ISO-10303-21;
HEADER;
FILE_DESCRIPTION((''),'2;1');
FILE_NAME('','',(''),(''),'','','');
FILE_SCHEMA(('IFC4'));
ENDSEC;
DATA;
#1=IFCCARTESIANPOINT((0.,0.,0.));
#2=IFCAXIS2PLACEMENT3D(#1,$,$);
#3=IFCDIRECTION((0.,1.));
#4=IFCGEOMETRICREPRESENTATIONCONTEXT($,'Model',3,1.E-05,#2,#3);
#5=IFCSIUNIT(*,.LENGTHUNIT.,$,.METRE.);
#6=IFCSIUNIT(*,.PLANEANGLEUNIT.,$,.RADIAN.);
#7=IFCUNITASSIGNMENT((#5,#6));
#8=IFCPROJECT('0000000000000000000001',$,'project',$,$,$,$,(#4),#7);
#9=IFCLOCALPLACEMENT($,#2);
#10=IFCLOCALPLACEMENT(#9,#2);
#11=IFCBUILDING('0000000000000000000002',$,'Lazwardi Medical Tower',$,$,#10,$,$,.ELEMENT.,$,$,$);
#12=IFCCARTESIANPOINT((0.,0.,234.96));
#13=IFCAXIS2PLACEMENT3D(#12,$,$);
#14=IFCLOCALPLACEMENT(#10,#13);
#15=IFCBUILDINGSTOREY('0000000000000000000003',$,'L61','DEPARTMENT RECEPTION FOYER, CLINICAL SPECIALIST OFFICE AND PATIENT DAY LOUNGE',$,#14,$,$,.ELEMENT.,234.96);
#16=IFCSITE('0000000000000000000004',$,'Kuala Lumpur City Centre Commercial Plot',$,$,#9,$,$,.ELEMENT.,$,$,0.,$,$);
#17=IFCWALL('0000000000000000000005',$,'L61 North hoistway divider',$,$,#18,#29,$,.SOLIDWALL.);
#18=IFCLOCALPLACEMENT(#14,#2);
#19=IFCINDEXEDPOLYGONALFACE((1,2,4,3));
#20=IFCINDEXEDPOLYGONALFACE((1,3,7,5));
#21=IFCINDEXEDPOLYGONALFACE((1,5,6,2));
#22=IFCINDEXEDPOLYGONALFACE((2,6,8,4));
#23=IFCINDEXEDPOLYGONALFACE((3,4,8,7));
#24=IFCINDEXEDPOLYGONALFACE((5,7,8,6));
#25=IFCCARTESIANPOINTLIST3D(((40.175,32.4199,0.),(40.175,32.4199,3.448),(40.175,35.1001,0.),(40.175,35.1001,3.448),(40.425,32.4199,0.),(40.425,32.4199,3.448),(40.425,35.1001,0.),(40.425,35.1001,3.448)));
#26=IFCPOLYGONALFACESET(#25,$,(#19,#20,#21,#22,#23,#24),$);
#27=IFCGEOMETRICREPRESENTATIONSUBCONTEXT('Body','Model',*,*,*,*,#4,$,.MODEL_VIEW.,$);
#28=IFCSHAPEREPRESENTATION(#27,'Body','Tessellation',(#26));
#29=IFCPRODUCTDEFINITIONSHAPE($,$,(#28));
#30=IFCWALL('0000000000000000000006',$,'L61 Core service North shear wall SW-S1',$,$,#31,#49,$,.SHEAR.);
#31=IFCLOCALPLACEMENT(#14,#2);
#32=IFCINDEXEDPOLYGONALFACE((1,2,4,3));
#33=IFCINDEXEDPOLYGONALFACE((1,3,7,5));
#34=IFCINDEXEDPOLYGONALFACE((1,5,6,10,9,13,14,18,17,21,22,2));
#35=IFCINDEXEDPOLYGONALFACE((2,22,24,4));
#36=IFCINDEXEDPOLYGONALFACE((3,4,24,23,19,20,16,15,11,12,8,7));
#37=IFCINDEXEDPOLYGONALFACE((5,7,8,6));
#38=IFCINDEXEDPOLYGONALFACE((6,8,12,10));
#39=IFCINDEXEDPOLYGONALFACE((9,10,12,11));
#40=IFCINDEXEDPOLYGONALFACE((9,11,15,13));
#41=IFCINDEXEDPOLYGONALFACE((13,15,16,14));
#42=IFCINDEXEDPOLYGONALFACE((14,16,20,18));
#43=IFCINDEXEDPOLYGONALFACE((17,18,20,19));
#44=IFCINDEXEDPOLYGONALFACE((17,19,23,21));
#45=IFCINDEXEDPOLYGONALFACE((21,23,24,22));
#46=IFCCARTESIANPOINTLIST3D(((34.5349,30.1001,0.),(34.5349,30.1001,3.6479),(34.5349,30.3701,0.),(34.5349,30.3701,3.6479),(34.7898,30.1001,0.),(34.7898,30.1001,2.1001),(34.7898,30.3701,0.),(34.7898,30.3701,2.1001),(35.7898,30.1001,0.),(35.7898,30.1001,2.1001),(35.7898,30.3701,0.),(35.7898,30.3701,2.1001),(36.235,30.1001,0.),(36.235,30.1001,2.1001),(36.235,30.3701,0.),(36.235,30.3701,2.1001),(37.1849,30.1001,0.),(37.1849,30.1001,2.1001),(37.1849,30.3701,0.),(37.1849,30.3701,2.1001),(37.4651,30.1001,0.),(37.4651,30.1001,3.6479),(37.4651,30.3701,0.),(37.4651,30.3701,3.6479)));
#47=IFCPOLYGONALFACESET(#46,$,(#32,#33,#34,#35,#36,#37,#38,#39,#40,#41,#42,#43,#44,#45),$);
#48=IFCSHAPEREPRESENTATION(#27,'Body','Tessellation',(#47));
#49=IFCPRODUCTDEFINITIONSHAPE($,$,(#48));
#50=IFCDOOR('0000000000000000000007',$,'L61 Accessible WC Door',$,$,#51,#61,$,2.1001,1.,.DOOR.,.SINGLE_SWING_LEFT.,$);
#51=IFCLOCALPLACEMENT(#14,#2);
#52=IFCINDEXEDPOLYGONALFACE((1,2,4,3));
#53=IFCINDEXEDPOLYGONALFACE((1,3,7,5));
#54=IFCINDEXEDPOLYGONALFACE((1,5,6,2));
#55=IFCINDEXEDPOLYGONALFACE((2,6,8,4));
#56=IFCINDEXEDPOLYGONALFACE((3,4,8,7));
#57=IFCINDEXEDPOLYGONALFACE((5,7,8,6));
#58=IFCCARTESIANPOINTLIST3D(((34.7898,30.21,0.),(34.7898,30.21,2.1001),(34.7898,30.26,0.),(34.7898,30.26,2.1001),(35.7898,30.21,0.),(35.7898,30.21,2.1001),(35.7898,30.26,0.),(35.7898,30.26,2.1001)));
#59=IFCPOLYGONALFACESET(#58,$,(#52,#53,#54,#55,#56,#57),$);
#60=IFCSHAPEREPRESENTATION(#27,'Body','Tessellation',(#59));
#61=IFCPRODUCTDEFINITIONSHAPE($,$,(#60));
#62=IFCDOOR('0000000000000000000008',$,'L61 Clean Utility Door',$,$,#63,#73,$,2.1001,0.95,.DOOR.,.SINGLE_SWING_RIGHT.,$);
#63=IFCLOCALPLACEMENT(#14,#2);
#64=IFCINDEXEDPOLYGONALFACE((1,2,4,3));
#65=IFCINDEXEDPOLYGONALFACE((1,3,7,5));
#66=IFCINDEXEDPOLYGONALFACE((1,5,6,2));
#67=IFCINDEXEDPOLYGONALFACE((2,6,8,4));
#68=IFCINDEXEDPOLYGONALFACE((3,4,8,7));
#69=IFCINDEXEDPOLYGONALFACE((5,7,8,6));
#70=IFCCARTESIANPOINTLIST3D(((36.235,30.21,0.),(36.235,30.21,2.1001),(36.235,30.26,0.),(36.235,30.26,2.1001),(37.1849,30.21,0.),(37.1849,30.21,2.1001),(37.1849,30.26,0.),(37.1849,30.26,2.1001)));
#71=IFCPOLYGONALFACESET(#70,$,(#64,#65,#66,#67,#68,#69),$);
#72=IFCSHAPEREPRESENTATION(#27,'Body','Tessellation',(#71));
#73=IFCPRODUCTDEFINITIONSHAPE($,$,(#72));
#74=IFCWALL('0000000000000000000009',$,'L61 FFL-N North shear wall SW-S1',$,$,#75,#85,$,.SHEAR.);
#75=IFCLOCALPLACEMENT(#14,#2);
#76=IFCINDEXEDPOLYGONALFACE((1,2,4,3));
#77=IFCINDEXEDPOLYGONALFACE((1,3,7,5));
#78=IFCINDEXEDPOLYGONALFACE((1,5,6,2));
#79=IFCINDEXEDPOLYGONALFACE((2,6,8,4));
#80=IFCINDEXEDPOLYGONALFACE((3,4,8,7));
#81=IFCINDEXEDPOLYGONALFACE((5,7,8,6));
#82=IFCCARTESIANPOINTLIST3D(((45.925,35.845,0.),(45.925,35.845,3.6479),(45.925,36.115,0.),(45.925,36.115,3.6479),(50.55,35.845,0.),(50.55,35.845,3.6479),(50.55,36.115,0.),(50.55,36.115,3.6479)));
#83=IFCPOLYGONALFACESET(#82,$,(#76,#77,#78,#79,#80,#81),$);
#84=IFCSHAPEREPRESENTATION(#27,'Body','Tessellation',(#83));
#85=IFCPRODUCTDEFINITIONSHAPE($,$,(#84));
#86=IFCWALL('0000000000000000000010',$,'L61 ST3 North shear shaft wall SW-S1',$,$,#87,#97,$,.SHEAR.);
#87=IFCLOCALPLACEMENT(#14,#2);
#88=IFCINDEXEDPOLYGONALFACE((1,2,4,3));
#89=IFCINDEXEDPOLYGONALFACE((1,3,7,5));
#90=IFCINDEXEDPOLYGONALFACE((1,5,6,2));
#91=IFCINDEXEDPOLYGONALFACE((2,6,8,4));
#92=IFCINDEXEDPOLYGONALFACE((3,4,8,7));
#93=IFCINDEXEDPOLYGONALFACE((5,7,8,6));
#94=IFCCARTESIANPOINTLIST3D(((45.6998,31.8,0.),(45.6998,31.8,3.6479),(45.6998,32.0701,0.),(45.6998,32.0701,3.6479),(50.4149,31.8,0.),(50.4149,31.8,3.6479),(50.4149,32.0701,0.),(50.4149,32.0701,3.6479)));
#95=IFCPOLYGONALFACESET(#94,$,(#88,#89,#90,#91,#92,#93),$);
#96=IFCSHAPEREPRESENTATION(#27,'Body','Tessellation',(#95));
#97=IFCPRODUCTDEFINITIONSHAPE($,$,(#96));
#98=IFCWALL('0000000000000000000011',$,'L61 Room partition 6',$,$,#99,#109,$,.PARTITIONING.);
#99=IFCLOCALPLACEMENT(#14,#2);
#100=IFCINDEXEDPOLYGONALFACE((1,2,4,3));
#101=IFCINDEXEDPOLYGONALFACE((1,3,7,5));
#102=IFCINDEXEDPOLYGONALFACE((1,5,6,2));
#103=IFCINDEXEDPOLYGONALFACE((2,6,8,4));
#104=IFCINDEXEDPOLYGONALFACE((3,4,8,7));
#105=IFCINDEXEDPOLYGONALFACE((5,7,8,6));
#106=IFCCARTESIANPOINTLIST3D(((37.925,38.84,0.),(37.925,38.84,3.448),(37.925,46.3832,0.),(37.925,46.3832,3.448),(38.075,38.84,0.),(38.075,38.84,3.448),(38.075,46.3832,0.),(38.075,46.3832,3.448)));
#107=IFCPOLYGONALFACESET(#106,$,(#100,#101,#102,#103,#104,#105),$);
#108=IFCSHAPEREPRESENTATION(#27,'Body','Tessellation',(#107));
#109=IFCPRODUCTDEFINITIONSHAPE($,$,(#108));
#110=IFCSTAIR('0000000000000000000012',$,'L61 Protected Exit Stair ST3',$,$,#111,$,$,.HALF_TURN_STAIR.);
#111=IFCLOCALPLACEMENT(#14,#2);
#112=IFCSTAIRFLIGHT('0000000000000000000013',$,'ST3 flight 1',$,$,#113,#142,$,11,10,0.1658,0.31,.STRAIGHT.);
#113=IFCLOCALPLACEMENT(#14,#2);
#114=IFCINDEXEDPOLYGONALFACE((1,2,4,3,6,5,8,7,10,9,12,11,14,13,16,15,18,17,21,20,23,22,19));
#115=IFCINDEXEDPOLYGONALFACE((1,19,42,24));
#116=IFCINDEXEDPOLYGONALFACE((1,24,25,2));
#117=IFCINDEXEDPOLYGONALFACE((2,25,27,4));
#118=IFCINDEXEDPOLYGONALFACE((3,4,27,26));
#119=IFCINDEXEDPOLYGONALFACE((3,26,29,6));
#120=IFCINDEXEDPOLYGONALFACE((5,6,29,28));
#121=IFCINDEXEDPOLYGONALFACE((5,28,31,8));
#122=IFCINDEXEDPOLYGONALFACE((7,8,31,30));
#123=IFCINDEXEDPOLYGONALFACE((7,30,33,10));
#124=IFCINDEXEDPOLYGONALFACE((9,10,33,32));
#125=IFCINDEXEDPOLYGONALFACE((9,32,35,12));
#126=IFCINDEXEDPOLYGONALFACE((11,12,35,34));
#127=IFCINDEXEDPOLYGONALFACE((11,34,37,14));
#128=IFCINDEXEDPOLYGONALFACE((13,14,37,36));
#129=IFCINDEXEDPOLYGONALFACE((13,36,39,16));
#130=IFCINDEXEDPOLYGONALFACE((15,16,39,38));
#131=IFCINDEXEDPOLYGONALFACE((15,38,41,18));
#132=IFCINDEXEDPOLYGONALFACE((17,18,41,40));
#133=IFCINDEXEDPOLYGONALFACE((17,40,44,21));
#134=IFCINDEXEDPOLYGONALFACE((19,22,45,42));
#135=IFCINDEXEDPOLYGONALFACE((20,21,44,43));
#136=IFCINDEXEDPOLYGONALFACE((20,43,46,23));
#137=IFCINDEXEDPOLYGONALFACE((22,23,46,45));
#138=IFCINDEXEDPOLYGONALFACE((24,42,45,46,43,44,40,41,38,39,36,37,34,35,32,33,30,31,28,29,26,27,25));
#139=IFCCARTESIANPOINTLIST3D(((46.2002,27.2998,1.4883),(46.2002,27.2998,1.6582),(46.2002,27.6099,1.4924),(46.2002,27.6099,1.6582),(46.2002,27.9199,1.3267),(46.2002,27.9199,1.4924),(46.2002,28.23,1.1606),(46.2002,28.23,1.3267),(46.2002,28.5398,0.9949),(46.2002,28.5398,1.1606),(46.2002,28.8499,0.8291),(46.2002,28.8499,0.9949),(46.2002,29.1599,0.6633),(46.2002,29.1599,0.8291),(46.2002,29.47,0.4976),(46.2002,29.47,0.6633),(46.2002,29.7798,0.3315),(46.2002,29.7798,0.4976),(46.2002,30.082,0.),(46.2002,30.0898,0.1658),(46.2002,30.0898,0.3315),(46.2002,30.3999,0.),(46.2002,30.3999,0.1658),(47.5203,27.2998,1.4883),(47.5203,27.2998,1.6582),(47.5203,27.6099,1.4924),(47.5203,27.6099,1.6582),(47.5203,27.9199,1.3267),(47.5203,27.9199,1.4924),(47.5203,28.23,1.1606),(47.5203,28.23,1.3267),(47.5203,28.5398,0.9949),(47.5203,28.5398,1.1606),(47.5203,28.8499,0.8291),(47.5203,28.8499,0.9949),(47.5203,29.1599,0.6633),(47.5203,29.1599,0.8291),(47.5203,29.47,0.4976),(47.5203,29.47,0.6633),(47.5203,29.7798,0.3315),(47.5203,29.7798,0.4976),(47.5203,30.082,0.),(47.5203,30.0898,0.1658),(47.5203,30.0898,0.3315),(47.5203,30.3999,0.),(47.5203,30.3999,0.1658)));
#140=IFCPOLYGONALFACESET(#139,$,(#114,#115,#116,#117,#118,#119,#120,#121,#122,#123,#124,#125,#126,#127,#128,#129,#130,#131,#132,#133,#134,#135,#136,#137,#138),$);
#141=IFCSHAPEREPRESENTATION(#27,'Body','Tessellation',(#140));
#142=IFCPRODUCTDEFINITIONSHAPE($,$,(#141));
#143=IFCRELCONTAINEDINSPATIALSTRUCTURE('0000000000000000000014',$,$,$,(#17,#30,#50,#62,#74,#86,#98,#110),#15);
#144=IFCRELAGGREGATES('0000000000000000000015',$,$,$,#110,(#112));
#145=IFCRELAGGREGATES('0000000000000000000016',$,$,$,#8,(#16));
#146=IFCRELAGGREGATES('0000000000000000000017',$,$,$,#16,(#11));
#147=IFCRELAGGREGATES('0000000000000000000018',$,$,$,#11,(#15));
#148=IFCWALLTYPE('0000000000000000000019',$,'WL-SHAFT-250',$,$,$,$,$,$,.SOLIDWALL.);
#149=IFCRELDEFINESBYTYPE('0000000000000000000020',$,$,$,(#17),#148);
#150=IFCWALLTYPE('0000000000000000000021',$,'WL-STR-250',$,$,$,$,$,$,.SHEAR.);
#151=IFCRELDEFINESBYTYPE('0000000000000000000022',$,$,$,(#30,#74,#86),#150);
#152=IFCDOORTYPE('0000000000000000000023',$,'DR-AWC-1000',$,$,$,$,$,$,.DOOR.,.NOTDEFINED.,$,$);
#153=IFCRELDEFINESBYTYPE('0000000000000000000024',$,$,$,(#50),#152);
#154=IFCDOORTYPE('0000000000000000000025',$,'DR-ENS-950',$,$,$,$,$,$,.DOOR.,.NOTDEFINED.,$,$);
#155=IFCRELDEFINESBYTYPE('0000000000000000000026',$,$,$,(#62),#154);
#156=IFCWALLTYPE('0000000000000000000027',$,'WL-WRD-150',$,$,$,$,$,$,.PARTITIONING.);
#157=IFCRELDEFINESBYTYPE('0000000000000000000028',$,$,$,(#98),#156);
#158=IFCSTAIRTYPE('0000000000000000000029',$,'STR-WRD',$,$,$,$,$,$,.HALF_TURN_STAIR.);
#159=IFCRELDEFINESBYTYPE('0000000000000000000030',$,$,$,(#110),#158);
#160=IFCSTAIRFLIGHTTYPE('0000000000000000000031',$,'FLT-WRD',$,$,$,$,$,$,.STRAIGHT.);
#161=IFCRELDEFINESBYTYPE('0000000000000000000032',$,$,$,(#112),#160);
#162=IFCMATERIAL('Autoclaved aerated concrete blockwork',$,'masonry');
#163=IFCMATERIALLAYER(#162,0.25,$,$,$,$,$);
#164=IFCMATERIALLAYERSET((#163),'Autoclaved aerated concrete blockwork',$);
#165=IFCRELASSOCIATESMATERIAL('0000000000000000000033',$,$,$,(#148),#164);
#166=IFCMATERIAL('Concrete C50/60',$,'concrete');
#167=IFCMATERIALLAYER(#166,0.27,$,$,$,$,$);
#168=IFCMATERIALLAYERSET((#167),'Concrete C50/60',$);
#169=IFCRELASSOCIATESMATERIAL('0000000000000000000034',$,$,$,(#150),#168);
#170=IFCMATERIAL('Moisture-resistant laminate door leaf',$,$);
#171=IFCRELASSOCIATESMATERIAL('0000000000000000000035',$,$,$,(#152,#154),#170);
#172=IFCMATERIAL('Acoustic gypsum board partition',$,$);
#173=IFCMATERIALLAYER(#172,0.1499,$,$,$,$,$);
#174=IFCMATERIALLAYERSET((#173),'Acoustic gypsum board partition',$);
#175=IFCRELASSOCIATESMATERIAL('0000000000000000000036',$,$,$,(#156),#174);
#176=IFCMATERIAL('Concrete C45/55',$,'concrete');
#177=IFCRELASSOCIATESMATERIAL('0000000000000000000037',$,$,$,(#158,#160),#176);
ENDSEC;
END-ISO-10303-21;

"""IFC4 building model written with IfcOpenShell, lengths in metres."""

from ifc_helpers import new_model, si_unit, direction, frame, frame_2d, origin, place, context, subcontext, project, spatial, polyline, rectangle, outline, extrude, material, layer, layer_set, type_object, element, fill, aggregate, save


model = new_model("IFC4")

# Units and contexts
model_context = context("Model", 3, precision=1e-05, world=origin(), true_north=direction((0.0, 1.0)))
body_context = subcontext(model_context, "Body", "Model", "MODEL_VIEW")
ifc_project = project(units=[si_unit("LENGTHUNIT", "METRE"), si_unit("PLANEANGLEUNIT", "RADIAN")], contexts=[model_context])

# Site, building, storey
site_placement = place(None, origin())
site = spatial("IfcSite", under=ifc_project, at=site_placement, Name="Kuala Lumpur City Centre Commercial Plot", CompositionType="ELEMENT", RefElevation=0.0)
building_placement = place(site_placement, origin())
building = spatial("IfcBuilding", under=site, at=building_placement, Name="Lazwardi Medical Tower", CompositionType="ELEMENT")
storey_placement = place(building_placement, frame((0.0, 0.0, 234.96)))
storey = spatial("IfcBuildingStorey", under=building, at=storey_placement, Name="L61", Description="DEPARTMENT RECEPTION FOYER, CLINICAL SPECIALIST OFFICE AND PATIENT DAY LOUNGE", CompositionType="ELEMENT", Elevation=234.96)

# Wall
ifc_material_1 = material(Name="Autoclaved aerated concrete blockwork", Category="masonry")
ifc_layer_1 = layer(ifc_material_1, 0.25)
ifc_layer_set_1 = layer_set([ifc_layer_1], Name="Autoclaved aerated concrete blockwork")
wall_type_1 = type_object("IfcWallType", Name="WL-SHAFT-250", PredefinedType="SOLIDWALL", material=ifc_layer_set_1)
for number, where, z_axis, x_axis, name in (
    (1, (40.3, 32.4199, 0.0), (0.0, 0.0, 1.0), (0.0, 1.0, 0.0), "L61 North hoistway divider"),
):
    element("IfcWall", number, at=place(storey_placement, frame(where, z_axis=z_axis, x_axis=x_axis)), inside=storey, type_object=wall_type_1, Name=name, PredefinedType="SOLIDWALL", context=body_context, shape_type="SweptSolid", body=[
        extrude(rectangle(XDim=2.6802, YDim=0.25, at=frame_2d((1.3401, 0.0))), origin(), (0.0, 0.0, 1.0), 3.448),
    ])

# Wall, openings, doors
ifc_material_2 = material(Name="Concrete C50/60", Category="concrete")
ifc_layer_2 = layer(ifc_material_2, 0.27)
ifc_layer_set_2 = layer_set([ifc_layer_2], Name="Concrete C50/60")
wall_type_2 = type_object("IfcWallType", Name="WL-STR-250", PredefinedType="SHEAR", material=ifc_layer_set_2)
wall_1_placement = place(storey_placement, frame((34.5349, 30.2351, 0.0), z_axis=(0.0, 0.0, 1.0), x_axis=(1.0, 0.0, 0.0)))
wall_1 = element("IfcWall", 2, at=wall_1_placement, inside=storey, type_object=wall_type_2, Name="L61 Core service North shear wall SW-S1", PredefinedType="SHEAR", context=body_context, shape_type="SweptSolid", body=[
    extrude(rectangle(XDim=2.9302, YDim=0.27, at=frame_2d((1.4651, 0.0))), origin(), (0.0, 0.0, 1.0), 3.6479),
])
opening_1_placement = place(wall_1_placement, frame((0.2549, 0.0, 0.0)))
opening_1 = element("IfcOpeningElement", 3, at=opening_1_placement, cuts=wall_1, PredefinedType="OPENING", context=body_context, shape_type="SweptSolid", body=[
    extrude(rectangle(XDim=1.0, YDim=2.1001, at=frame_2d((0.5, 1.05))), frame((0.0, 0.145, 0.0), z_axis=(0.0, -1.0, 0.0), x_axis=(1.0, 0.0, 0.0)), (0.0, 0.0, 1.0), 0.29),
])
opening_2_placement = place(wall_1_placement, frame((1.7, 0.0, 0.0)))
opening_2 = element("IfcOpeningElement", 4, at=opening_2_placement, cuts=wall_1, PredefinedType="OPENING", context=body_context, shape_type="SweptSolid", body=[
    extrude(rectangle(XDim=0.95, YDim=2.1001, at=frame_2d((0.4751, 1.05))), frame((0.0, 0.145, 0.0), z_axis=(0.0, -1.0, 0.0), x_axis=(1.0, 0.0, 0.0)), (0.0, 0.0, 1.0), 0.29),
])
ifc_material_3 = material(Name="Moisture-resistant laminate door leaf")
door_type_1 = type_object("IfcDoorType", Name="DR-AWC-1000", OperationType="NOTDEFINED", PredefinedType="DOOR", material=ifc_material_3)
door_1_placement = place(opening_1_placement, origin())
door_1 = element("IfcDoor", 5, at=door_1_placement, inside=storey, type_object=door_type_1, Name="L61 Accessible WC Door", OperationType="SINGLE_SWING_LEFT", OverallHeight=2.1001, OverallWidth=1.0, PredefinedType="DOOR", context=body_context, shape_type="SweptSolid", body=[
    extrude(rectangle(XDim=1.0, YDim=2.1001, at=frame_2d((0.5, 1.05))), frame((0.0, 0.0249, 0.0), z_axis=(0.0, -1.0, 0.0), x_axis=(1.0, 0.0, 0.0)), (0.0, 0.0, 1.0), 0.05),
])
fill(opening_1, door_1)
door_type_2 = type_object("IfcDoorType", Name="DR-ENS-950", OperationType="NOTDEFINED", PredefinedType="DOOR", material=ifc_material_3)
door_2_placement = place(opening_2_placement, origin())
door_2 = element("IfcDoor", 6, at=door_2_placement, inside=storey, type_object=door_type_2, Name="L61 Clean Utility Door", OperationType="SINGLE_SWING_RIGHT", OverallHeight=2.1001, OverallWidth=0.95, PredefinedType="DOOR", context=body_context, shape_type="SweptSolid", body=[
    extrude(rectangle(XDim=0.95, YDim=2.1001, at=frame_2d((0.4751, 1.05))), frame((0.0, 0.0249, 0.0), z_axis=(0.0, -1.0, 0.0), x_axis=(1.0, 0.0, 0.0)), (0.0, 0.0, 1.0), 0.05),
])
fill(opening_2, door_2)

# Walls
wall_2_placement = place(storey_placement, frame((45.925, 35.98, 0.0), z_axis=(0.0, 0.0, 1.0), x_axis=(1.0, 0.0, 0.0)))
element("IfcWall", 7, at=wall_2_placement, inside=storey, type_object=wall_type_2, Name="L61 FFL-N North shear wall SW-S1", PredefinedType="SHEAR", context=body_context, shape_type="SweptSolid", body=[
    extrude(rectangle(XDim=4.625, YDim=0.27, at=frame_2d((2.3125, 0.0))), origin(), (0.0, 0.0, 1.0), 3.6479),
])
wall_3_placement = place(storey_placement, frame((45.7, 31.9351, 0.0), z_axis=(0.0, 0.0, 1.0), x_axis=(1.0, 0.0, 0.0)))
element("IfcWall", 8, at=wall_3_placement, inside=storey, type_object=wall_type_2, Name="L61 ST3 North shear shaft wall SW-S1", PredefinedType="SHEAR", context=body_context, shape_type="SweptSolid", body=[
    extrude(rectangle(XDim=4.7151, YDim=0.27, at=frame_2d((2.3574, 0.0))), origin(), (0.0, 0.0, 1.0), 3.6479),
])
ifc_material_4 = material(Name="Acoustic gypsum board partition")
ifc_layer_3 = layer(ifc_material_4, 0.1499)
ifc_layer_set_3 = layer_set([ifc_layer_3], Name="Acoustic gypsum board partition")
wall_type_3 = type_object("IfcWallType", Name="WL-WRD-150", PredefinedType="PARTITIONING", material=ifc_layer_set_3)
wall_4_placement = place(storey_placement, frame((38.0, 38.8401, 0.0), z_axis=(0.0, 0.0, 1.0), x_axis=(0.0, 1.0, 0.0)))
element("IfcWall", 9, at=wall_4_placement, inside=storey, type_object=wall_type_3, Name="L61 Room partition 6", PredefinedType="PARTITIONING", context=body_context, shape_type="SweptSolid", body=[
    extrude(rectangle(XDim=7.5432, YDim=0.1499, at=frame_2d((3.7715, 0.0))), origin(), (0.0, 0.0, 1.0), 3.448),
])

# Stair, stair flight
ifc_material_5 = material(Name="Concrete C45/55", Category="concrete")
stair_type = type_object("IfcStairType", Name="STR-WRD", PredefinedType="HALF_TURN_STAIR", material=ifc_material_5)
stair_placement = place(storey_placement, origin())
stair = element("IfcStair", 10, at=stair_placement, inside=storey, type_object=stair_type, Name="L61 Protected Exit Stair ST3", PredefinedType="HALF_TURN_STAIR")
stair_flight_type = type_object("IfcStairFlightType", Name="FLT-WRD", PredefinedType="STRAIGHT", material=ifc_material_5)
stair_flight_placement = place(storey_placement, frame((46.8601, 30.3999, 0.0), z_axis=(0.0, 0.0, 1.0), x_axis=(0.0, -1.0, 0.0)))
stair_flight = element("IfcStairFlight", 11, at=stair_flight_placement, type_object=stair_flight_type, Name="ST3 flight 1", NumberOfRisers=11, NumberOfTreads=10, PredefinedType="STRAIGHT", RiserHeight=0.1658, TreadLength=0.31, context=body_context, shape_type="SweptSolid", body=[
    extrude(outline(polyline([(0.0, 0.0), (0.0, 0.1658), (0.3101, 0.1658), (0.3101, 0.3315), (0.6201, 0.3315), (0.6201, 0.4976), (0.9299, 0.4976), (0.9299, 0.6633), (1.24, 0.6633), (1.24, 0.8291), (1.55, 0.8291), (1.55, 0.9949), (1.8601, 0.9949), (1.8601, 1.1606), (2.1699, 1.1606), (2.1699, 1.3267), (2.48, 1.3267), (2.48, 1.4924), (2.79, 1.4924), (2.79, 1.6582), (3.1001, 1.6582), (3.1001, 1.824), (3.1001, 1.4883), (0.3179, 0.0), (0.0, 0.0)])), frame((0.0, 0.6602, 0.0), z_axis=(0.0, -1.0, 0.0), x_axis=(1.0, 0.0, 0.0)), (0.0, 0.0, 1.0), 1.3201),
])
aggregate(stair, [stair_flight])

save(model, "model.ifc")
